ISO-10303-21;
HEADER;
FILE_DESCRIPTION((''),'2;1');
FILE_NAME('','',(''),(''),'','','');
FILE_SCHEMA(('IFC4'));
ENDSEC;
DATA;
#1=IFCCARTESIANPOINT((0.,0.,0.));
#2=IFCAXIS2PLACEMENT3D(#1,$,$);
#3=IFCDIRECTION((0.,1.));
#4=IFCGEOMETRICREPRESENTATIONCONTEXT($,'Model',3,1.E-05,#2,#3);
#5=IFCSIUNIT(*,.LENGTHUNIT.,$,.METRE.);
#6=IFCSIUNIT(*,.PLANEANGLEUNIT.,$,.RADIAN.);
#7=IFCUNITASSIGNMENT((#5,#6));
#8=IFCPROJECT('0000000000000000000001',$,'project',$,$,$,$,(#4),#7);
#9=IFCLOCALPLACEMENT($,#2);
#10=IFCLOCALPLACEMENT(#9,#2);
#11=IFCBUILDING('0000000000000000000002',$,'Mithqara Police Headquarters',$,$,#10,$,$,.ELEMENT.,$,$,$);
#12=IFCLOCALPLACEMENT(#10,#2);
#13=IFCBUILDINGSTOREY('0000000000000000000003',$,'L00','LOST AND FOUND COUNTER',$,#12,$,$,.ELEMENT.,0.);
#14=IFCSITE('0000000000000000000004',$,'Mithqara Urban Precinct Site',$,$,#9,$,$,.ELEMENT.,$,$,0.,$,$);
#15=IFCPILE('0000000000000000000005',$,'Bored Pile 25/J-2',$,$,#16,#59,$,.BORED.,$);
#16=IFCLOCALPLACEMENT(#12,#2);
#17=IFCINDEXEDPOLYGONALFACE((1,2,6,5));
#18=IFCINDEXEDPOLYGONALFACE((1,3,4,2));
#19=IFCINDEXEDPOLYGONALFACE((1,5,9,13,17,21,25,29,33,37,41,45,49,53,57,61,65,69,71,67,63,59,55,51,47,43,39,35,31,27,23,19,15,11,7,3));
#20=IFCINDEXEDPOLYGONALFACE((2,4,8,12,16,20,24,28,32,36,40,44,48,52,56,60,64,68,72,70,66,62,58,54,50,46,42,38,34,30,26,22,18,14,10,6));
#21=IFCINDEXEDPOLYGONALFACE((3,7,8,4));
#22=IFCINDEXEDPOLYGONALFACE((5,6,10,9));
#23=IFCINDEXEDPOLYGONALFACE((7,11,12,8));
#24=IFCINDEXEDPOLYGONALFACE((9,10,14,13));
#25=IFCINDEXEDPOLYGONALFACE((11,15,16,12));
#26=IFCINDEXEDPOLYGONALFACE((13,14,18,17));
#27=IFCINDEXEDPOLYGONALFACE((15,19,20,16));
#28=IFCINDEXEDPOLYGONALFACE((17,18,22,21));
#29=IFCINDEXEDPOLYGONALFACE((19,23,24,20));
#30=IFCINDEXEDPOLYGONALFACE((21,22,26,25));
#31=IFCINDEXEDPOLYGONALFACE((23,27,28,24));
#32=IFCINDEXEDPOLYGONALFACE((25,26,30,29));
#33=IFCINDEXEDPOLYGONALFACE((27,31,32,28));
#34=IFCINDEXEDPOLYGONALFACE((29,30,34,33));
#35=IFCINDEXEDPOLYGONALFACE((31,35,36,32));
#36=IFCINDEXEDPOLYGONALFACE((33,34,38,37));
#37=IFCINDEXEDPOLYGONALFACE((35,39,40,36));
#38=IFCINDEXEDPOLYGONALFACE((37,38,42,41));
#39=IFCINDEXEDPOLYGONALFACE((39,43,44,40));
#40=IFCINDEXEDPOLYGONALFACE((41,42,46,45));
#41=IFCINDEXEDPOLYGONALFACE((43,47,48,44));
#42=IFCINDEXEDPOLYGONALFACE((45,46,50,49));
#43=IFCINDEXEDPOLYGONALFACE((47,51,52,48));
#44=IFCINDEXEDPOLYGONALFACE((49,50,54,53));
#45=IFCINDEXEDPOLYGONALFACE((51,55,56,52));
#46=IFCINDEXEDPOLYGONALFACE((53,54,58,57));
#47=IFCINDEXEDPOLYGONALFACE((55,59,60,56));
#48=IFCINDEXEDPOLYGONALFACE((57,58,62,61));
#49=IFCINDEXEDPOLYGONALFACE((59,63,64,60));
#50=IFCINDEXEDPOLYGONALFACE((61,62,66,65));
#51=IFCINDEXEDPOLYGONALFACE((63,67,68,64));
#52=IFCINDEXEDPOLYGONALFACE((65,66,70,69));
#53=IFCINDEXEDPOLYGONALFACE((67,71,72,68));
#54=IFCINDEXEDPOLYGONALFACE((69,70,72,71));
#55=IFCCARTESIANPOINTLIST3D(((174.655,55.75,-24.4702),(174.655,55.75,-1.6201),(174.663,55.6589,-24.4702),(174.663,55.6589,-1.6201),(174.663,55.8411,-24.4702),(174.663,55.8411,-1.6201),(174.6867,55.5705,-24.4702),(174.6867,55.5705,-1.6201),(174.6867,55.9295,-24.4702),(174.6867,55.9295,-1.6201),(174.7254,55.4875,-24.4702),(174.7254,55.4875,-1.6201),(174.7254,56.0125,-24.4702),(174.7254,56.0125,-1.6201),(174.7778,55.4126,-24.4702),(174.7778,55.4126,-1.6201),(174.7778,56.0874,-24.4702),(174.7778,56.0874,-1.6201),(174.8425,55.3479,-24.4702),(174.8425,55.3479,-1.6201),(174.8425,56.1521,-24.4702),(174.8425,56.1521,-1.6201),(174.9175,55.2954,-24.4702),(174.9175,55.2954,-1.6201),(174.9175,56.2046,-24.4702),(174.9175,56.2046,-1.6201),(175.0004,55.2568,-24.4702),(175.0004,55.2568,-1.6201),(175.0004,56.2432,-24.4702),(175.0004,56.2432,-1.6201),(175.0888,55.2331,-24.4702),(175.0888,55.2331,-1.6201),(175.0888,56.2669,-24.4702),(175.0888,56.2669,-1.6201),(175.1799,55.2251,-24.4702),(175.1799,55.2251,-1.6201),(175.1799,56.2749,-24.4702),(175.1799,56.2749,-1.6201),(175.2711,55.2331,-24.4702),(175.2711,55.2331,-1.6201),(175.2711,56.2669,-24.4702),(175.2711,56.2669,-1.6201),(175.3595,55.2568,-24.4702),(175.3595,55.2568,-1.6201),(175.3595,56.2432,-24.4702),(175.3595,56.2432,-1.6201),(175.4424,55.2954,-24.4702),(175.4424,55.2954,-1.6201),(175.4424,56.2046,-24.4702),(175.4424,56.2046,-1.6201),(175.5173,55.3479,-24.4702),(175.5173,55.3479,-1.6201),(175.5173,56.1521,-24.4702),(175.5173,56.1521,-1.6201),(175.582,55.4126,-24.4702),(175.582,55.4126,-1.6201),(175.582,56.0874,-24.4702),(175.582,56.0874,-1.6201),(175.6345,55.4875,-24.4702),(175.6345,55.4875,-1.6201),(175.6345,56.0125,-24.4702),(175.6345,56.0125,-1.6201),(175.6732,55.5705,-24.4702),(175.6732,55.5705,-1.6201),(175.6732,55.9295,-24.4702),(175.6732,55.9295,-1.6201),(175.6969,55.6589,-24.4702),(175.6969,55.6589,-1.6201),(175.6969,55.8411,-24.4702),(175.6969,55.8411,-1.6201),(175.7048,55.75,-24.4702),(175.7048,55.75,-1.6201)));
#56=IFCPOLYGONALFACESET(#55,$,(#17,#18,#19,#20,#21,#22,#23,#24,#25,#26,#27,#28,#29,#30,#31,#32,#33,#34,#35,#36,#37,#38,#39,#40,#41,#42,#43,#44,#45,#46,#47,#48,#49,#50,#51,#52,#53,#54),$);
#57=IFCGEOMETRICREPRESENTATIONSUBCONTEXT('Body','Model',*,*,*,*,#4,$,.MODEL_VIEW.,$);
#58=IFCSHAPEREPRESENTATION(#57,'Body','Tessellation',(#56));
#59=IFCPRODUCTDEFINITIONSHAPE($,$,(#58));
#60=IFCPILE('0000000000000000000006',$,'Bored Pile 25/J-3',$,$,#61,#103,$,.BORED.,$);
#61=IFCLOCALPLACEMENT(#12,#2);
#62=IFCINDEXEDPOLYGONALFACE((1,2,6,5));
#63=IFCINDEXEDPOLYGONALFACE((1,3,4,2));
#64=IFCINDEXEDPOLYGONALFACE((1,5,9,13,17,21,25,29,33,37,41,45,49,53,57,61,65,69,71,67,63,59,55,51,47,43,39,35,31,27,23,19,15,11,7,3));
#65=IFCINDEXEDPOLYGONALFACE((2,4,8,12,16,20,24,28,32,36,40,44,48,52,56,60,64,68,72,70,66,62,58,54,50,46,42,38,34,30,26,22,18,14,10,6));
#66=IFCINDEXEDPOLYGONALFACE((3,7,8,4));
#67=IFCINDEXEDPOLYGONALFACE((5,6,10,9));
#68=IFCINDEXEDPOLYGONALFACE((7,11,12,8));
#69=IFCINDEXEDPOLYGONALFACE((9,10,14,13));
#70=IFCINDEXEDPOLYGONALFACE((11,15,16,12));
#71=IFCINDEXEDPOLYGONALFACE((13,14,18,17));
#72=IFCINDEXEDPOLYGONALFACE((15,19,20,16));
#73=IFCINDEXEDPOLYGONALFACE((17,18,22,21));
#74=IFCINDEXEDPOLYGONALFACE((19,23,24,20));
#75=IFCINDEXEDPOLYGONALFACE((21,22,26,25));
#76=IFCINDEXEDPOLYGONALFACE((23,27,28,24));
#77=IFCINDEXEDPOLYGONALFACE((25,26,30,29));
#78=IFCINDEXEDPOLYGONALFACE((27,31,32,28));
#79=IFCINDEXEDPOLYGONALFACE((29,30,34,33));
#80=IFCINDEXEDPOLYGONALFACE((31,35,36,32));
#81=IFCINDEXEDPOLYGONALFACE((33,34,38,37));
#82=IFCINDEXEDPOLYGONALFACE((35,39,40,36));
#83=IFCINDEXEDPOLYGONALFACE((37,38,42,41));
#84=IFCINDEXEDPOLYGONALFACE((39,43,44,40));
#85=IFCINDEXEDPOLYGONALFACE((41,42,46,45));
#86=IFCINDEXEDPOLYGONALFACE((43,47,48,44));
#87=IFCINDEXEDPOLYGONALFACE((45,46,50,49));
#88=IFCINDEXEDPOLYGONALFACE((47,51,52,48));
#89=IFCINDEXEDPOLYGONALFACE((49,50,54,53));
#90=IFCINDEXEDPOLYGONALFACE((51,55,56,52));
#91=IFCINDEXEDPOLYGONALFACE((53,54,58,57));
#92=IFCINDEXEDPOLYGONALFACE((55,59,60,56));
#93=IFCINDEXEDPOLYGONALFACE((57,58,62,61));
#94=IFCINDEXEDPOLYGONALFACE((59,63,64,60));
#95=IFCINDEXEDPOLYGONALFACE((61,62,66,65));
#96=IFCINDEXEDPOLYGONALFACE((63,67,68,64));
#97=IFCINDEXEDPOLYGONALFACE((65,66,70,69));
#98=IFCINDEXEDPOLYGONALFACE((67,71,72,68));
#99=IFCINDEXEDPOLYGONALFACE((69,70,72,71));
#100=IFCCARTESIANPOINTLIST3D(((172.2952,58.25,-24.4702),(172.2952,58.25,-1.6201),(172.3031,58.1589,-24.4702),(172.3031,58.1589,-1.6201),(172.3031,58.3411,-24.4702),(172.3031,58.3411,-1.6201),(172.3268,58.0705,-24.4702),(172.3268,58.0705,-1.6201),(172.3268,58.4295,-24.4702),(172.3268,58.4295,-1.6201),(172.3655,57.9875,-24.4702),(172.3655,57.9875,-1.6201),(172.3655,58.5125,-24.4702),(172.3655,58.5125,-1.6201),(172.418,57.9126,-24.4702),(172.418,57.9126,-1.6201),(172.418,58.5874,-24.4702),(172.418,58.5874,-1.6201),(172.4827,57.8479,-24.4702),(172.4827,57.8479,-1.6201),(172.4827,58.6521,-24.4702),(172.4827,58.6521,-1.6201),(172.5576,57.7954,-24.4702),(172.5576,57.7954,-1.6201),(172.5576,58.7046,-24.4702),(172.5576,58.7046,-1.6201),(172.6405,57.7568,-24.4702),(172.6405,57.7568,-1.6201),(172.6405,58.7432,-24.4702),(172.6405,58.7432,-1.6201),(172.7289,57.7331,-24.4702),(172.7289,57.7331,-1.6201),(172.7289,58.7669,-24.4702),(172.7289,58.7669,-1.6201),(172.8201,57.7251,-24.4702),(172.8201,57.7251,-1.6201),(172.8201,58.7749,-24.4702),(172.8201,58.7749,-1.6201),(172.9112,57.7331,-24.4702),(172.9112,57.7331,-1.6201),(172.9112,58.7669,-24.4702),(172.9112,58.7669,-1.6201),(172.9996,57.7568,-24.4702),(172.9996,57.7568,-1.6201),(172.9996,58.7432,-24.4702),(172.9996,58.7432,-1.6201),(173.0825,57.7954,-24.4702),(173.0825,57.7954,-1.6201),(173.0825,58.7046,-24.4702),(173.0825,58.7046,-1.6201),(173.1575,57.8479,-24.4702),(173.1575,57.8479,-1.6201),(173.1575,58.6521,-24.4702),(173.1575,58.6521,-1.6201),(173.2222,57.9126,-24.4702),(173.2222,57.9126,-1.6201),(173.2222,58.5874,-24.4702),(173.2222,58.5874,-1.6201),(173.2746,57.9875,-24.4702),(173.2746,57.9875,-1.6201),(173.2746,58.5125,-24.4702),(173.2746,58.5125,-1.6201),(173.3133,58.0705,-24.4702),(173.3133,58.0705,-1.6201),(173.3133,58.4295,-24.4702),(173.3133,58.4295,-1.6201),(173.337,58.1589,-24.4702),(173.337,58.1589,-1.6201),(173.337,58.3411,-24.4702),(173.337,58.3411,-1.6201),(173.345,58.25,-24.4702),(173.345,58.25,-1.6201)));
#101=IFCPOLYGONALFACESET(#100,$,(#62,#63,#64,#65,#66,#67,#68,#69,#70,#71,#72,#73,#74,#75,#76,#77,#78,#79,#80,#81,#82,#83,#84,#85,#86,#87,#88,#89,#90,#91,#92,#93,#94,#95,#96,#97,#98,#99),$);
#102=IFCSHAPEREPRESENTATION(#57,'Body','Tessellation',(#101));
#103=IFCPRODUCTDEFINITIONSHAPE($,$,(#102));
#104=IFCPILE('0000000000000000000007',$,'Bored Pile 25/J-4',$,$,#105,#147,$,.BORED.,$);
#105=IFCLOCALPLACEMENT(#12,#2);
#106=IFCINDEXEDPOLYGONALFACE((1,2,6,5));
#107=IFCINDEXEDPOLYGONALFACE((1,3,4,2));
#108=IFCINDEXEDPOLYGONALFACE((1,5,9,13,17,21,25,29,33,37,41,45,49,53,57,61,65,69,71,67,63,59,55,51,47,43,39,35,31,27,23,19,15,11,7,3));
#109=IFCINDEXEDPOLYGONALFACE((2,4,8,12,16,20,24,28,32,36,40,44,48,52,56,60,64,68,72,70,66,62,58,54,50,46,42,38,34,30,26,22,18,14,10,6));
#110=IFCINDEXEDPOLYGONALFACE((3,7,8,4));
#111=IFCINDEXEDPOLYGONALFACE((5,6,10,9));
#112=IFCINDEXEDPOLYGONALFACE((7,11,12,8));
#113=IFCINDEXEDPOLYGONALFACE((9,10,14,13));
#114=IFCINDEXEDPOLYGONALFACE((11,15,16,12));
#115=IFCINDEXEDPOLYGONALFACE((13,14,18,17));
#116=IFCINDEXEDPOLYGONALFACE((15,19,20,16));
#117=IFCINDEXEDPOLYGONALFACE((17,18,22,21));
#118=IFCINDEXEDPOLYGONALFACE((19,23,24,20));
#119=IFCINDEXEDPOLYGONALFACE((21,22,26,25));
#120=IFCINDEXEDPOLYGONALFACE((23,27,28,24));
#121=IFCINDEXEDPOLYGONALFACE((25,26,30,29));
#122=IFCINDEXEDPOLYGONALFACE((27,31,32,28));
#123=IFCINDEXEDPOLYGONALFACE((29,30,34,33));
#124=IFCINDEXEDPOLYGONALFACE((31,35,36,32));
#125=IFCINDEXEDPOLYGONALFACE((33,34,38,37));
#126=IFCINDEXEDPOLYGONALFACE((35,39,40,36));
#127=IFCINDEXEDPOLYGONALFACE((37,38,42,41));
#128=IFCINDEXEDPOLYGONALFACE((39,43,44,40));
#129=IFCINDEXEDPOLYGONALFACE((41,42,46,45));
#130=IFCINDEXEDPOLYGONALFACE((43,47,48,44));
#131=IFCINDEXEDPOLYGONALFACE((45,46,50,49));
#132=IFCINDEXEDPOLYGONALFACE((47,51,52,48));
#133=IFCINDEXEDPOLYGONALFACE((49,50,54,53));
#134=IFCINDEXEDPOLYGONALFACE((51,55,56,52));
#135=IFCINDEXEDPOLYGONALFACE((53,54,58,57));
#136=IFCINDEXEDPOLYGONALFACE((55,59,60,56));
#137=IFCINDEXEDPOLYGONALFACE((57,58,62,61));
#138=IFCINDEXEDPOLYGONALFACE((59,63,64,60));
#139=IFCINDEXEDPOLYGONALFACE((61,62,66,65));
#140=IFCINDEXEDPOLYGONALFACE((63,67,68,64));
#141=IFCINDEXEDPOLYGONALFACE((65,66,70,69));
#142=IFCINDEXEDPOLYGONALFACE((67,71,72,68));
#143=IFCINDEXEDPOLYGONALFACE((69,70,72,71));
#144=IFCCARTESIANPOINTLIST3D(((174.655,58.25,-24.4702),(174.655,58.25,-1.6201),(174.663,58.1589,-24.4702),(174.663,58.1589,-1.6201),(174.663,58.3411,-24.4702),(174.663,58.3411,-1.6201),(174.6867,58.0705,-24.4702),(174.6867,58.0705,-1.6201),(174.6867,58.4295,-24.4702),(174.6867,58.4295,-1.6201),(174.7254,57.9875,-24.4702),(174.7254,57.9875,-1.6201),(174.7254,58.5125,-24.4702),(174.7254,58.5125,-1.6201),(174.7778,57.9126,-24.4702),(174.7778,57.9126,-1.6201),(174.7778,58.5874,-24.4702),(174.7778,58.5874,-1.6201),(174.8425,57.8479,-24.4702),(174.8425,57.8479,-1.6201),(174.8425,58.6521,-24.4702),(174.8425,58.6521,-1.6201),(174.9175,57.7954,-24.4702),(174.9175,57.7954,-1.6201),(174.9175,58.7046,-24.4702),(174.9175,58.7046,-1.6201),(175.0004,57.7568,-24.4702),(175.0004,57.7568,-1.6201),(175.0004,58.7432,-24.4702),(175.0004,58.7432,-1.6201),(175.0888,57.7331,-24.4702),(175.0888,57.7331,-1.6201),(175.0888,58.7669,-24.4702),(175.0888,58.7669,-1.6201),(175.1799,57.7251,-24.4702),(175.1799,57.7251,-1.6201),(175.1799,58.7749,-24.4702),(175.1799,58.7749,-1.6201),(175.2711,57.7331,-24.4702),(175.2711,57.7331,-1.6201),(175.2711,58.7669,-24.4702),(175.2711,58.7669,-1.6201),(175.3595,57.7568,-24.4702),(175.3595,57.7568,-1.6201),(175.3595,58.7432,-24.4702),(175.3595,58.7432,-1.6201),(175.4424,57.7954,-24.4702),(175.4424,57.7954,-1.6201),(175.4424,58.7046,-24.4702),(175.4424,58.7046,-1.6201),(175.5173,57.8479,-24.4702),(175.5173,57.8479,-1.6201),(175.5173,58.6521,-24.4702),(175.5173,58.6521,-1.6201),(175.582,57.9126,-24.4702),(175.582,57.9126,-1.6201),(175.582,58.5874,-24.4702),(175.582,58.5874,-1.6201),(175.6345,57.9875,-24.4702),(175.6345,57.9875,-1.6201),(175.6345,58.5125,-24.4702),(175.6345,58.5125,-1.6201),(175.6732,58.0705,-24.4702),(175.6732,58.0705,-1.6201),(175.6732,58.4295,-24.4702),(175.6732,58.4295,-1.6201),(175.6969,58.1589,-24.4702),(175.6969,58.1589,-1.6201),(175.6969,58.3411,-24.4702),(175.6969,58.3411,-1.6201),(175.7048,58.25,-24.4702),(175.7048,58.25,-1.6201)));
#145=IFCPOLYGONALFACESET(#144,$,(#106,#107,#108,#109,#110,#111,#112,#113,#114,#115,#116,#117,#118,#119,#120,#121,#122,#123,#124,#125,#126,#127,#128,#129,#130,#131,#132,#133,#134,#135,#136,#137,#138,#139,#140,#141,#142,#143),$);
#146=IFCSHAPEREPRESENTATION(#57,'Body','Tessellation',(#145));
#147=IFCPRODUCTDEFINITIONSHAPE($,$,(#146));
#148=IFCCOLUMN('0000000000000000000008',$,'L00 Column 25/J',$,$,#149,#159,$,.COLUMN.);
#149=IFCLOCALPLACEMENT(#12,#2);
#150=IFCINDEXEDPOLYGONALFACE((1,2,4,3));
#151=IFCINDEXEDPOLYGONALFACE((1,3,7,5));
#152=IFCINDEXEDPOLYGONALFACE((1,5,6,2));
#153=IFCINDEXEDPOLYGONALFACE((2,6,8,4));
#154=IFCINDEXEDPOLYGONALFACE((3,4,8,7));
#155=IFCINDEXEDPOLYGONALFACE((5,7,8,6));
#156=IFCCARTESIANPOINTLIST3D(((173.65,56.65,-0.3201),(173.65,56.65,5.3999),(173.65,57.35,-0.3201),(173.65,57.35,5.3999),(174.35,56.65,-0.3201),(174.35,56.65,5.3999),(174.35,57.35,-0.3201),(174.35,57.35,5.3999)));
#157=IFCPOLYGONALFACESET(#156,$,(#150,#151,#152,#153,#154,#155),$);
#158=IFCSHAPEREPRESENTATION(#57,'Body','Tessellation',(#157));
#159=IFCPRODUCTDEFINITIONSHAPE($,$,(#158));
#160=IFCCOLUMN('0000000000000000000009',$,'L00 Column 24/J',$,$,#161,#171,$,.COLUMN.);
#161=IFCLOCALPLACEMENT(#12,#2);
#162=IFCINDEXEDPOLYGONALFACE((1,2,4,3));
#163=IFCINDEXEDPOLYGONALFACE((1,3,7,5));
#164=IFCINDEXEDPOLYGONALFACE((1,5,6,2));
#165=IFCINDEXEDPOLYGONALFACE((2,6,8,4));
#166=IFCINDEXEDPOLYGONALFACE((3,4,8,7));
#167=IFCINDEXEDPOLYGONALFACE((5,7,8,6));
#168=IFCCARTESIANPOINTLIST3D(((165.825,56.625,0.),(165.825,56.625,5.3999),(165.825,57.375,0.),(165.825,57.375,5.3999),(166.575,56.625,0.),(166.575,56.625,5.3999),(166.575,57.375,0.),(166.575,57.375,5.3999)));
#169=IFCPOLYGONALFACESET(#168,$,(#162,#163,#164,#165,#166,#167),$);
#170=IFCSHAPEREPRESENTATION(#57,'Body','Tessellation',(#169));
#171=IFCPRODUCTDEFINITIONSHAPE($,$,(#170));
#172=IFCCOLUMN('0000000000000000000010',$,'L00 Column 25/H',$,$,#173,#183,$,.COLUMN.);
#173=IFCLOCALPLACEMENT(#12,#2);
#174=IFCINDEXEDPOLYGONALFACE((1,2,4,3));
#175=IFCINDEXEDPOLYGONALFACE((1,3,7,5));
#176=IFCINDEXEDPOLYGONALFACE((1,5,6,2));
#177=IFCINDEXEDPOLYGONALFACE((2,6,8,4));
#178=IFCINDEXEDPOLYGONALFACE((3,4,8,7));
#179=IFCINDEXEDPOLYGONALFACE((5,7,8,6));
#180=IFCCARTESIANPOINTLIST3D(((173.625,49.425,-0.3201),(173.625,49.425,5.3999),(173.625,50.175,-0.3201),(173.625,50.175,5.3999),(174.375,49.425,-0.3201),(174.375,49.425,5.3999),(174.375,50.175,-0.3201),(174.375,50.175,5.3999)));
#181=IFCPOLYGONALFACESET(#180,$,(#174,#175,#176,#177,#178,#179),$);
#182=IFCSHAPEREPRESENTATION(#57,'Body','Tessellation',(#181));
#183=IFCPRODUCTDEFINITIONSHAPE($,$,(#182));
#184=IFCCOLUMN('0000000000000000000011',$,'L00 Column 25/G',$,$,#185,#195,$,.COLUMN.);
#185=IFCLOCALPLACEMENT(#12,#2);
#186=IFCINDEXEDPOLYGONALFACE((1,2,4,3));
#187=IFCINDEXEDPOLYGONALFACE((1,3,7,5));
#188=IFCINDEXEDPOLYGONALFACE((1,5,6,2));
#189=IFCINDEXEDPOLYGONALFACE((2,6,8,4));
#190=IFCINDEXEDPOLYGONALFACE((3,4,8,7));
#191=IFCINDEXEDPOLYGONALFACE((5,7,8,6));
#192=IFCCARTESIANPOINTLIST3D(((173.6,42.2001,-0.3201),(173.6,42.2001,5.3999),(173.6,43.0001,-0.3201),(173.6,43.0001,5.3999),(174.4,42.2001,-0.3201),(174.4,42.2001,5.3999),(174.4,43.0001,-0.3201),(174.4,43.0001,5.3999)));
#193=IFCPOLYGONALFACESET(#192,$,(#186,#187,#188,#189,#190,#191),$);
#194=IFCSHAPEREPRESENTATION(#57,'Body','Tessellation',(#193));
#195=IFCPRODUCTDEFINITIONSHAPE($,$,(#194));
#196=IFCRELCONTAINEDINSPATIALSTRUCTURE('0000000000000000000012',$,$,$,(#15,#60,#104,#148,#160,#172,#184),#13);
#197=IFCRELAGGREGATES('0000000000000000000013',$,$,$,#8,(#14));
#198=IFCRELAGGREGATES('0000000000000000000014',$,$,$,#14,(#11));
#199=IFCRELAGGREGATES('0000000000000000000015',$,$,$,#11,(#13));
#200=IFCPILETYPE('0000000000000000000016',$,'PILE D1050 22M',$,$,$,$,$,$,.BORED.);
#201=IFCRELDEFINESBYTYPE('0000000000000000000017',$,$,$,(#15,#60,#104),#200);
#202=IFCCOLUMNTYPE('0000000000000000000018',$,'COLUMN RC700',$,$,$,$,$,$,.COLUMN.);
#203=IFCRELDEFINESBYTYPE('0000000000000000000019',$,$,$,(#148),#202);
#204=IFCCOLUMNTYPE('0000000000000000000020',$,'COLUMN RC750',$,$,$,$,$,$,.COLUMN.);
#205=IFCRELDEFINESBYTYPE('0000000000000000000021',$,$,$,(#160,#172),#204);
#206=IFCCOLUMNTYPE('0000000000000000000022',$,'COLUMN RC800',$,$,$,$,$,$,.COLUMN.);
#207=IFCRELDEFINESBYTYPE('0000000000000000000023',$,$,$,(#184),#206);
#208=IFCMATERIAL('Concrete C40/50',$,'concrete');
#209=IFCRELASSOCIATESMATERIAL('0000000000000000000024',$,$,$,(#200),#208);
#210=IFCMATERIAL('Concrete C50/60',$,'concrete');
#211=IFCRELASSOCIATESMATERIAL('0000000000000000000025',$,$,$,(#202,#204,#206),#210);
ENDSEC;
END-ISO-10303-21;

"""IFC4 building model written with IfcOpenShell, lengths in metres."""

from ifc_helpers import new_model, si_unit, direction, frame, origin, origin_2d, place, context, subcontext, project, spatial, rectangle, circle, extrude, material, material_profile, profile_set, type_object, element, save


model = new_model("IFC4")

# Units and contexts
model_context = context("Model", 3, precision=1e-05, world=origin(), true_north=direction((0.0, 1.0)))
body_context = subcontext(model_context, "Body", "Model", "MODEL_VIEW")
ifc_project = project(units=[si_unit("LENGTHUNIT", "METRE"), si_unit("PLANEANGLEUNIT", "RADIAN")], contexts=[model_context])

# Site, building, storey
site_placement = place(None, origin())
site = spatial("IfcSite", under=ifc_project, at=site_placement, Name="Mithqara Urban Precinct Site", CompositionType="ELEMENT", RefElevation=0.0)
building_placement = place(site_placement, origin())
building = spatial("IfcBuilding", under=site, at=building_placement, Name="Mithqara Police Headquarters", CompositionType="ELEMENT")
storey_placement = place(building_placement, origin())
storey = spatial("IfcBuildingStorey", under=building, at=storey_placement, Name="L00", Description="LOST AND FOUND COUNTER", CompositionType="ELEMENT", Elevation=0.0)

# Shared definitions
ifc_material_1 = material(Name="Concrete C40/50", Category="concrete")

# Piles
ifc_material_profile_1 = material_profile(ifc_material_1, circle(Radius=0.5249, at=origin_2d()), Name="PILE D1050")
ifc_profile_set_1 = profile_set([ifc_material_profile_1], Name="Concrete C40/50")
pile_type = type_object("IfcPileType", Name="PILE D1050 22M", PredefinedType="BORED", material=ifc_profile_set_1)
for number, where, z_axis, x_axis, name in (
    (1, (175.1799, 55.75, -1.6201), (0.0, 0.0, -1.0), (1.0, 0.0, 0.0), "Bored Pile 25/J-2"),
    (2, (172.8201, 58.25, -1.6201), (0.0, 0.0, -1.0), (1.0, 0.0, 0.0), "Bored Pile 25/J-3"),
    (3, (175.1799, 58.25, -1.6201), (0.0, 0.0, -1.0), (1.0, 0.0, 0.0), "Bored Pile 25/J-4"),
):
    element("IfcPile", number, at=place(storey_placement, frame(where, z_axis=z_axis, x_axis=x_axis)), inside=storey, type_object=pile_type, Name=name, PredefinedType="BORED", context=body_context, shape_type="SweptSolid", body=[
        extrude(circle(Radius=0.5249, at=origin_2d()), origin(), (0.0, 0.0, 1.0), 22.8501),
    ])

# Columns
ifc_material_2 = material(Name="Concrete C50/60", Category="concrete")
ifc_material_profile_2 = material_profile(ifc_material_2, rectangle(XDim=0.7, YDim=0.7, at=origin_2d()), Name="RC 700x700")
ifc_profile_set_2 = profile_set([ifc_material_profile_2], Name="Concrete C50/60")
column_type_1 = type_object("IfcColumnType", Name="COLUMN RC700", PredefinedType="COLUMN", material=ifc_profile_set_2)
column_1_placement = place(storey_placement, frame((174.0, 57.0, -0.3201), z_axis=(0.0, 0.0, 1.0), x_axis=(1.0, 0.0, 0.0)))
element("IfcColumn", 4, at=column_1_placement, inside=storey, type_object=column_type_1, Name="L00 Column 25/J", PredefinedType="COLUMN", context=body_context, shape_type="SweptSolid", body=[
    extrude(rectangle(XDim=0.7, YDim=0.7, at=origin_2d()), origin(), (0.0, 0.0, 1.0), 5.72),
])
ifc_material_profile_3 = material_profile(ifc_material_2, rectangle(XDim=0.75, YDim=0.75, at=origin_2d()), Name="RC 750x750")
ifc_profile_set_3 = profile_set([ifc_material_profile_3], Name="Concrete C50/60")
column_type_2 = type_object("IfcColumnType", Name="COLUMN RC750", PredefinedType="COLUMN", material=ifc_profile_set_3)
column_2_placement = place(storey_placement, frame((166.2, 57.0, 0.0), z_axis=(0.0, 0.0, 1.0), x_axis=(1.0, 0.0, 0.0)))
element("IfcColumn", 5, at=column_2_placement, inside=storey, type_object=column_type_2, Name="L00 Column 24/J", PredefinedType="COLUMN", context=body_context, shape_type="SweptSolid", body=[
    extrude(rectangle(XDim=0.75, YDim=0.75, at=origin_2d()), origin(), (0.0, 0.0, 1.0), 5.3999),
])
column_3_placement = place(storey_placement, frame((174.0, 49.8, -0.3201), z_axis=(0.0, 0.0, 1.0), x_axis=(1.0, 0.0, 0.0)))
element("IfcColumn", 6, at=column_3_placement, inside=storey, type_object=column_type_2, Name="L00 Column 25/H", PredefinedType="COLUMN", context=body_context, shape_type="SweptSolid", body=[
    extrude(rectangle(XDim=0.75, YDim=0.75, at=origin_2d()), origin(), (0.0, 0.0, 1.0), 5.72),
])
ifc_material_profile_4 = material_profile(ifc_material_2, rectangle(XDim=0.8, YDim=0.8, at=origin_2d()), Name="RC 800x800")
ifc_profile_set_4 = profile_set([ifc_material_profile_4], Name="Concrete C50/60")
column_type_3 = type_object("IfcColumnType", Name="COLUMN RC800", PredefinedType="COLUMN", material=ifc_profile_set_4)
column_4_placement = place(storey_placement, frame((174.0, 42.6001, -0.3201), z_axis=(0.0, 0.0, 1.0), x_axis=(1.0, 0.0, 0.0)))
element("IfcColumn", 7, at=column_4_placement, inside=storey, type_object=column_type_3, Name="L00 Column 25/G", PredefinedType="COLUMN", context=body_context, shape_type="SweptSolid", body=[
    extrude(rectangle(XDim=0.8, YDim=0.8, at=origin_2d()), origin(), (0.0, 0.0, 1.0), 5.72),
])

save(model, "model.ifc")
